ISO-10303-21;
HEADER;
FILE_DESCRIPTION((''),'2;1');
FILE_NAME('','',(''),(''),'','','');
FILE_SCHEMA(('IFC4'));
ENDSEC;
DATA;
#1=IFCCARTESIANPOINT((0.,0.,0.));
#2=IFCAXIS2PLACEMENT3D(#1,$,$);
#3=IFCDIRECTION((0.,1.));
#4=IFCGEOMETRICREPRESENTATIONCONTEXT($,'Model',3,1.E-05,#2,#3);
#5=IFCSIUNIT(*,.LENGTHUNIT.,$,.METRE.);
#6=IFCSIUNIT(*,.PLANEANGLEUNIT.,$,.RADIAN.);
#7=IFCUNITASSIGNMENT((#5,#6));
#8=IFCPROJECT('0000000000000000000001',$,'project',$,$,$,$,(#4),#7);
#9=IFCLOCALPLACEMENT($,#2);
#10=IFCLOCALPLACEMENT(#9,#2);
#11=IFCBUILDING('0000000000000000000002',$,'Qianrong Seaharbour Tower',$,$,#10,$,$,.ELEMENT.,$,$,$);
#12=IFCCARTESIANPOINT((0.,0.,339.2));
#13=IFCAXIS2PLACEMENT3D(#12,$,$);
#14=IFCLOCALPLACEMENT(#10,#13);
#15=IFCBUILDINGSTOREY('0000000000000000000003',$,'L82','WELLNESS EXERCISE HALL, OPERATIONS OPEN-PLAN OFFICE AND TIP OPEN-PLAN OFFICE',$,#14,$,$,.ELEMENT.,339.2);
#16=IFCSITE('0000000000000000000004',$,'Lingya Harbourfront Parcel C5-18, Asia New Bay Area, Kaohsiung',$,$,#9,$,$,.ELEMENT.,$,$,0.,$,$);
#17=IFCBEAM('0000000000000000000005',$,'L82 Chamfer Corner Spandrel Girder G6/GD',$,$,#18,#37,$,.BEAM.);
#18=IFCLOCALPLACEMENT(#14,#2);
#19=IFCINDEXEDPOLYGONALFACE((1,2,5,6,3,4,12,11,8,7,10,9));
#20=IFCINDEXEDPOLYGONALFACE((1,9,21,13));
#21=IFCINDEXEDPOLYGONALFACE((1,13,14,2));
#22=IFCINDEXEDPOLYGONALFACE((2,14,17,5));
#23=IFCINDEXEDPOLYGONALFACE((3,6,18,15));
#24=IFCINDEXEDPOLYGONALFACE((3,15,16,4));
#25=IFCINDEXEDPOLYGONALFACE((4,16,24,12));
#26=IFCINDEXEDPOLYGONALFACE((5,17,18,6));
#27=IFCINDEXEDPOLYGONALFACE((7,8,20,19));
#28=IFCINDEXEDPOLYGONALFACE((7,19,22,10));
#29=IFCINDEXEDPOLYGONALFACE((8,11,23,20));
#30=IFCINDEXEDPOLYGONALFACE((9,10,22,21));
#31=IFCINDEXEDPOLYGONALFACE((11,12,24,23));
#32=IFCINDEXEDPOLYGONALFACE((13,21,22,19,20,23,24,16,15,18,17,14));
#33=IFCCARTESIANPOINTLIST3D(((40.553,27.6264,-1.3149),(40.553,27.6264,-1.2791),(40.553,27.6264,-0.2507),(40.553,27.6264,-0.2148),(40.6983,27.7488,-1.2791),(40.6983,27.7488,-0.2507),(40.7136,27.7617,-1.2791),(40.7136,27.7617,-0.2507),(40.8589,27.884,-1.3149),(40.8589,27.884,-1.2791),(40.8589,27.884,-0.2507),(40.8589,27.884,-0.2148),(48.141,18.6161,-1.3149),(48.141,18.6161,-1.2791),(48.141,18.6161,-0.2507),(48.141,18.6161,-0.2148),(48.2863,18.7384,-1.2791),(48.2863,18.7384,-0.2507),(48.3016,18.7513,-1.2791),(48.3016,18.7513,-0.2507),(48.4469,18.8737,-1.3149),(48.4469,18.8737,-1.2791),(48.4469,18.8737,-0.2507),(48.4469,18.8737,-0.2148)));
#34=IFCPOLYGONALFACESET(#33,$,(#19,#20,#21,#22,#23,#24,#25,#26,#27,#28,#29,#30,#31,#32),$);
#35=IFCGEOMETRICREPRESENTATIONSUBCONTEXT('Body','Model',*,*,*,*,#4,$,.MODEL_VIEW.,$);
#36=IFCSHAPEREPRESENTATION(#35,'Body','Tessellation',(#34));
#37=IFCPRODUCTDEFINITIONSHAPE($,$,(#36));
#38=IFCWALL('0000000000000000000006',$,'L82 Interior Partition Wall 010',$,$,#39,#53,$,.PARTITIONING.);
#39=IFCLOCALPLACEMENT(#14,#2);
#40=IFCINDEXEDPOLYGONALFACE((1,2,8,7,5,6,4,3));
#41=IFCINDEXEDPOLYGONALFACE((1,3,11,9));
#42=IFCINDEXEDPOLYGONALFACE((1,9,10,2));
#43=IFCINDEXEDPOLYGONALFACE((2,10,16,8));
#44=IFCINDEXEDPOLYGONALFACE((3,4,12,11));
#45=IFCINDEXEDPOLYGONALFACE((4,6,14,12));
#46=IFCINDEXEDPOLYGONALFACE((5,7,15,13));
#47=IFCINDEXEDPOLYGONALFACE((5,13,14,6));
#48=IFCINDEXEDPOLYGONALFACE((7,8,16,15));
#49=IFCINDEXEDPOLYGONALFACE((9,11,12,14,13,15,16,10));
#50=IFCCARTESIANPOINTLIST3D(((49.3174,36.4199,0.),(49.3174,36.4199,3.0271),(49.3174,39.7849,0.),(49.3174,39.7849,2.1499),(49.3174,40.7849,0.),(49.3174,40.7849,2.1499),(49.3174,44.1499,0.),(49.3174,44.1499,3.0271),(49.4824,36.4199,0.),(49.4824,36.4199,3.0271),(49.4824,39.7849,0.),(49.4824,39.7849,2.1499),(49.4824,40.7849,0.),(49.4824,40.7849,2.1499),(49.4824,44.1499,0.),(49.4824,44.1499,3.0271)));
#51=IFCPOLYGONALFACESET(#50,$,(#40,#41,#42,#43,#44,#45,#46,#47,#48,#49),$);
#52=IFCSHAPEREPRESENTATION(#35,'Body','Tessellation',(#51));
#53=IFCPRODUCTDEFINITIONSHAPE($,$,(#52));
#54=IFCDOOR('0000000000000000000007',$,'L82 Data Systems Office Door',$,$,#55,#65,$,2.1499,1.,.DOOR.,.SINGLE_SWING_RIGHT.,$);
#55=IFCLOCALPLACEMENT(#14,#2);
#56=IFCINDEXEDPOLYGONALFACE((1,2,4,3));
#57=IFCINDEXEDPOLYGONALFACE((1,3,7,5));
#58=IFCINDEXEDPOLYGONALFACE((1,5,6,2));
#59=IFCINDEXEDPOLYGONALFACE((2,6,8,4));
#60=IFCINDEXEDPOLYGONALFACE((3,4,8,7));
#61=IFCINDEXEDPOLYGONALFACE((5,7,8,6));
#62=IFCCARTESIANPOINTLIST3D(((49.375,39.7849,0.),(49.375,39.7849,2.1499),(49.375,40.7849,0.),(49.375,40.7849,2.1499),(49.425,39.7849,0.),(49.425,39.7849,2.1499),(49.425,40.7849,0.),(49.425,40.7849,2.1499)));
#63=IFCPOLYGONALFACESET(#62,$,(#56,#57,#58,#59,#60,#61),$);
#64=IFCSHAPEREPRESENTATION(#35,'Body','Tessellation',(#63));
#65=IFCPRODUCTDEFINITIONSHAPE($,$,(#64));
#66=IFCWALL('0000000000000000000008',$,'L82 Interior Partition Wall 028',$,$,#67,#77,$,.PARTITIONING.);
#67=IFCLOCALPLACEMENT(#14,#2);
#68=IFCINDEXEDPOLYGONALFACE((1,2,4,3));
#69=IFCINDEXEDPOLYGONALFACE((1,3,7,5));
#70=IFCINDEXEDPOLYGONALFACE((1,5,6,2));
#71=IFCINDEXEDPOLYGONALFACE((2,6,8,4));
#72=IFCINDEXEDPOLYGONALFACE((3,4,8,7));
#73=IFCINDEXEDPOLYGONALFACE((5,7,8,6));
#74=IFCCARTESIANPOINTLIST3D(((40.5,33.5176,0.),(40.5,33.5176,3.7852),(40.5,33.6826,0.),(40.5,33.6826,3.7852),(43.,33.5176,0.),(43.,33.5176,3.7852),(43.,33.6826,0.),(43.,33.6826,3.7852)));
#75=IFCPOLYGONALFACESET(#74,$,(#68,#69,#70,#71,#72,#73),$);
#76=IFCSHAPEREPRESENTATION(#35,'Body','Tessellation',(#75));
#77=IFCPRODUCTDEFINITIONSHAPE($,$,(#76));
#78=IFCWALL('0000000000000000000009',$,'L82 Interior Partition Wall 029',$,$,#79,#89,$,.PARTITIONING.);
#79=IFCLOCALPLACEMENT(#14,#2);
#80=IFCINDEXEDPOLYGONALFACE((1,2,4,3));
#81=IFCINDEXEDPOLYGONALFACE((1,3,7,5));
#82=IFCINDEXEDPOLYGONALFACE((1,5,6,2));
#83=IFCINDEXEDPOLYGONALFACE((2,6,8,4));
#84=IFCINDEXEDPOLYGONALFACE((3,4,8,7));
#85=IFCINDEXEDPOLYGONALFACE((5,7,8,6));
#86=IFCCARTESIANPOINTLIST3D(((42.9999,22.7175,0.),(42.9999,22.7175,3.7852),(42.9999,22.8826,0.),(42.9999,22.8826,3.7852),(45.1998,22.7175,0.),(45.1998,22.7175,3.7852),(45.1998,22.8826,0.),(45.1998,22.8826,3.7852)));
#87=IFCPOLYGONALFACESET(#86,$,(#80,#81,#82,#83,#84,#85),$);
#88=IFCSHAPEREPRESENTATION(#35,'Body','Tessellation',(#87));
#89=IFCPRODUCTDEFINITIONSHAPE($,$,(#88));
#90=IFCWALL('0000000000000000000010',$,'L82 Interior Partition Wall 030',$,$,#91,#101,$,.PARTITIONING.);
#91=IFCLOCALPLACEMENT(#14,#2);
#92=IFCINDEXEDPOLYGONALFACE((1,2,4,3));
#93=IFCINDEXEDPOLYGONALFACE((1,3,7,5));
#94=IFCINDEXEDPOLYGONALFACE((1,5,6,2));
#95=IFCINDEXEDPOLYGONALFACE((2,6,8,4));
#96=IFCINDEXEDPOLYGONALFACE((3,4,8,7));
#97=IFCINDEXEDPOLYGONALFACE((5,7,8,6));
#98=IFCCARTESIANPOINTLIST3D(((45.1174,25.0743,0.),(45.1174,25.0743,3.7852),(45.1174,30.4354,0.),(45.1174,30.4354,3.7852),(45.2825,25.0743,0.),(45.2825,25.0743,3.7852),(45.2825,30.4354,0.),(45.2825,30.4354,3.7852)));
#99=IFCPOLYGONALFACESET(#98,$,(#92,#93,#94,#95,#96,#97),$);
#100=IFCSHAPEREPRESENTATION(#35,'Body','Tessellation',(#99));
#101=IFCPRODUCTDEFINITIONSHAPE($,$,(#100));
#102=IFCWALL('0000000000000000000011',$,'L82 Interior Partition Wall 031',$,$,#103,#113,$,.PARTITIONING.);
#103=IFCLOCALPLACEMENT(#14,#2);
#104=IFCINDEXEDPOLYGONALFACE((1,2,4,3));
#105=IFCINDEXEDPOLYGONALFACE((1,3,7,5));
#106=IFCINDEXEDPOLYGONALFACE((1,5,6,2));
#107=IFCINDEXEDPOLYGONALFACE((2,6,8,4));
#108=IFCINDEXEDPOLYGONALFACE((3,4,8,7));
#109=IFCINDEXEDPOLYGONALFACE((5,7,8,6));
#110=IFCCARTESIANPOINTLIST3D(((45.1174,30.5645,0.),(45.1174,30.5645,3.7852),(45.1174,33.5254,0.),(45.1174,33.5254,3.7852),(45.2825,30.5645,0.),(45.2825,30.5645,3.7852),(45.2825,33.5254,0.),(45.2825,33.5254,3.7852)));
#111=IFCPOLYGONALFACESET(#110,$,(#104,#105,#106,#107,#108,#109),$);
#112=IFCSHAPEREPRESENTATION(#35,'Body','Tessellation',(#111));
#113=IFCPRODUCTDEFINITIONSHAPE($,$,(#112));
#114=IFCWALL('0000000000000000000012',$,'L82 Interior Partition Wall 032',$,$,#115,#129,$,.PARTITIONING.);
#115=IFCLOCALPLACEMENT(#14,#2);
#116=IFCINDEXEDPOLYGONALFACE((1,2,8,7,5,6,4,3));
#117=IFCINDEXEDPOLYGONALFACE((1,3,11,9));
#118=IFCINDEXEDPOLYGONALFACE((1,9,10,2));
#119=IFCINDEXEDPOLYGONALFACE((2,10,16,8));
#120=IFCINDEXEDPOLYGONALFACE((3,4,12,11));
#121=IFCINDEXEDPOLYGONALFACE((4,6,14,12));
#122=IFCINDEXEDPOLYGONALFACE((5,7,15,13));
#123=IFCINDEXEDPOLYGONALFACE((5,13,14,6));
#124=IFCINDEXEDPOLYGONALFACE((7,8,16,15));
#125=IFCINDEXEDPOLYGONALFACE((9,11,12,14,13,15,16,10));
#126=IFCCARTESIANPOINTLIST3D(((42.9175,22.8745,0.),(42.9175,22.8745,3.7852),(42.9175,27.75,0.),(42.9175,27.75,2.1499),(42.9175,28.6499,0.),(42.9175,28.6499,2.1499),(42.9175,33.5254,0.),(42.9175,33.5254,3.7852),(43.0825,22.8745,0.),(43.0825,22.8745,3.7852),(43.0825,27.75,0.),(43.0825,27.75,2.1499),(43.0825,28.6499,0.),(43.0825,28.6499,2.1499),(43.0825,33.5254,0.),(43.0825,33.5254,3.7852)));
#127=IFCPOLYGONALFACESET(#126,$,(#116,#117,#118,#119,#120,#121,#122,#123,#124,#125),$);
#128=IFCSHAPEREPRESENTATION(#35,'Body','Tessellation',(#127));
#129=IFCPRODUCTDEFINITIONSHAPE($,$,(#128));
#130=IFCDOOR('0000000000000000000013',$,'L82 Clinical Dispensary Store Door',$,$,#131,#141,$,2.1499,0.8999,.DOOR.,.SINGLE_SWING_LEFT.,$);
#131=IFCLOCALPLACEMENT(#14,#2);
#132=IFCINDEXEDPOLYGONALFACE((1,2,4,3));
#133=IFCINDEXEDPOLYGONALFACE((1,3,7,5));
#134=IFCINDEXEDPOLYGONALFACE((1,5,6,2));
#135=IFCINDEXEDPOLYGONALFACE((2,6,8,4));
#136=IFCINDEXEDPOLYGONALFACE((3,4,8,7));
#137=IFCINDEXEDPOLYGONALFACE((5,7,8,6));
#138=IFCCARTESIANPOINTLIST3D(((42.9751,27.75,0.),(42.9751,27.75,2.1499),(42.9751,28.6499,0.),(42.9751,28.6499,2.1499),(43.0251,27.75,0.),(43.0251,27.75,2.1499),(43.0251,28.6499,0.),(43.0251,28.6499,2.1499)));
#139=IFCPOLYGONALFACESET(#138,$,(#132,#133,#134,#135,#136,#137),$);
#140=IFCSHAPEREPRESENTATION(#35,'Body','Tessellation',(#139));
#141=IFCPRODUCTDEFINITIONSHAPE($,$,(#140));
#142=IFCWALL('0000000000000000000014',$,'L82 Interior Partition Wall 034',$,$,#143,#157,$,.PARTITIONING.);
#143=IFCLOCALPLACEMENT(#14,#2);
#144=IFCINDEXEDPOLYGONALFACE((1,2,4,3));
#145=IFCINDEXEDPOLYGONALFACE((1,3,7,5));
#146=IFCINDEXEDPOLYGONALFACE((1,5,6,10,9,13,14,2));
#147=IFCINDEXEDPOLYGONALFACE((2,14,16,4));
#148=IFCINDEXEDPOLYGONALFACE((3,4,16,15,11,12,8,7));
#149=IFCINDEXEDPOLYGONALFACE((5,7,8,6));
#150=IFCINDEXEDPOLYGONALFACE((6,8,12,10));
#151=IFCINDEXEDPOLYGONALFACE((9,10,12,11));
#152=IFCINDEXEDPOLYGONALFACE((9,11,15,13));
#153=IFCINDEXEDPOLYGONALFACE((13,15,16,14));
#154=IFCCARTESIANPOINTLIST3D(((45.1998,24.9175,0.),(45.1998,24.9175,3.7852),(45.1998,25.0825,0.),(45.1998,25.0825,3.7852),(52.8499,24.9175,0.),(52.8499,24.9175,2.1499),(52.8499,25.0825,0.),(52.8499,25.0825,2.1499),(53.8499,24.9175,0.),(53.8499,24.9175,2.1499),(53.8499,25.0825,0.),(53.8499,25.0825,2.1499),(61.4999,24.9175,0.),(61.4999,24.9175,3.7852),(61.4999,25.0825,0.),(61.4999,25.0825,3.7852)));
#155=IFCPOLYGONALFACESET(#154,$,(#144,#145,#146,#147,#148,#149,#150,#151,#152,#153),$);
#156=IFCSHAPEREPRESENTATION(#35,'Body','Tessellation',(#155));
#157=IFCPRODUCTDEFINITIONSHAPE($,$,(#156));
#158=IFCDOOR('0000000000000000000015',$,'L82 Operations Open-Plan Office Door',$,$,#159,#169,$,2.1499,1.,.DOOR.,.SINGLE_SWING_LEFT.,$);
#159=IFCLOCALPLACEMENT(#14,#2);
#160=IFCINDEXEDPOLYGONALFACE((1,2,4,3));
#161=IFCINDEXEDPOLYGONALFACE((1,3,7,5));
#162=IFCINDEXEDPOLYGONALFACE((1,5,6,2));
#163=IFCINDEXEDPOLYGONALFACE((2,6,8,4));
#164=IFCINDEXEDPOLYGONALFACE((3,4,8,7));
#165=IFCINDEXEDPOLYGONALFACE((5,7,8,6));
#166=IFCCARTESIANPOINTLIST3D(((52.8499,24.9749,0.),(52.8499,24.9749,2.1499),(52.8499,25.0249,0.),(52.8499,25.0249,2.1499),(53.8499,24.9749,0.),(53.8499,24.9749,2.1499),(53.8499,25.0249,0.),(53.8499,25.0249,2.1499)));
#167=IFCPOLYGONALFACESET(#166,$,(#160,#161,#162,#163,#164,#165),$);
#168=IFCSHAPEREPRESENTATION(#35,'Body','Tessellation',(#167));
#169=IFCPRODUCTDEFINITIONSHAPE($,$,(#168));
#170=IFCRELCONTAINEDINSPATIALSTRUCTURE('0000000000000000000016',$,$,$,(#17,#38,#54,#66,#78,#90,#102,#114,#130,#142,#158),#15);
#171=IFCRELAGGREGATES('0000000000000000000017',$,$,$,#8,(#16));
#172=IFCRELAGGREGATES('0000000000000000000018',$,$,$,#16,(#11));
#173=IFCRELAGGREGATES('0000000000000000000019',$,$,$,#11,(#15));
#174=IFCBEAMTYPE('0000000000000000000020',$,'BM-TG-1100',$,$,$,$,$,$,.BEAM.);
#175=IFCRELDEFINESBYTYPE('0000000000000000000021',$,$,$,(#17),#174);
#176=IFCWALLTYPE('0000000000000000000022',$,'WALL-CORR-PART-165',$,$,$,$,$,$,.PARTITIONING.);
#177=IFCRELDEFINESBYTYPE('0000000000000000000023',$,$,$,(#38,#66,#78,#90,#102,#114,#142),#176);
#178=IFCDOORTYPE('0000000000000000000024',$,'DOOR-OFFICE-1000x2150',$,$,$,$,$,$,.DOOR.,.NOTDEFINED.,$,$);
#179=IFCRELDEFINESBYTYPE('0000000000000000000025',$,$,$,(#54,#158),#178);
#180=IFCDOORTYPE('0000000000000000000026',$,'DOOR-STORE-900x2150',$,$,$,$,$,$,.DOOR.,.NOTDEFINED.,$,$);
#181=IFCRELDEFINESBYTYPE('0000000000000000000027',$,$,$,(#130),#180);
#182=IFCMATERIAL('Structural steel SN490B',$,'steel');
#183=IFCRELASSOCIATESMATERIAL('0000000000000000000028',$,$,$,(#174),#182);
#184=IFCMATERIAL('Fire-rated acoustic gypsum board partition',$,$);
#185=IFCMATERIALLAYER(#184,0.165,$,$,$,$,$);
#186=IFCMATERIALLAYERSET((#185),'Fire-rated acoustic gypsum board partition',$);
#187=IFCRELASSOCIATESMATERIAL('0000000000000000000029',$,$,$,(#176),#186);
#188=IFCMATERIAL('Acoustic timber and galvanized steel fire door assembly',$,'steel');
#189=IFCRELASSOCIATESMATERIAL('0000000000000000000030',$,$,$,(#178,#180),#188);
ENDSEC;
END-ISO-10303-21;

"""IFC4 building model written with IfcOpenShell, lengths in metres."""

from ifc_helpers import new_model, si_unit, direction, frame, frame_2d, origin, origin_2d, place, context, subcontext, project, spatial, rectangle, i_section, extrude, material, layer, layer_set, material_profile, profile_set, type_object, element, fill, save


model = new_model("IFC4")

# Units and contexts
model_context = context("Model", 3, precision=1e-05, world=origin(), true_north=direction((0.0, 1.0)))
body_context = subcontext(model_context, "Body", "Model", "MODEL_VIEW")
ifc_project = project(units=[si_unit("LENGTHUNIT", "METRE"), si_unit("PLANEANGLEUNIT", "RADIAN")], contexts=[model_context])

# Site, building, storey
site_placement = place(None, origin())
site = spatial("IfcSite", under=ifc_project, at=site_placement, Name="Lingya Harbourfront Parcel C5-18, Asia New Bay Area, Kaohsiung", CompositionType="ELEMENT", RefElevation=0.0)
building_placement = place(site_placement, origin())
building = spatial("IfcBuilding", under=site, at=building_placement, Name="Qianrong Seaharbour Tower", CompositionType="ELEMENT")
storey_placement = place(building_placement, frame((0.0, 0.0, 339.2)))
storey = spatial("IfcBuildingStorey", under=building, at=storey_placement, Name="L82", Description="WELLNESS EXERCISE HALL, OPERATIONS OPEN-PLAN OFFICE AND TIP OPEN-PLAN OFFICE", CompositionType="ELEMENT", Elevation=339.2)

# Beam
ifc_material_1 = material(Name="Structural steel SN490B", Category="steel")
ifc_material_profile_1 = material_profile(ifc_material_1, i_section(OverallWidth=0.3999, OverallDepth=1.1001, WebThickness=0.02, FlangeThickness=0.0359, at=origin_2d()), Name="BH1100x400x20x36")
ifc_profile_set_1 = profile_set([ifc_material_profile_1], Name="Structural steel SN490B")
beam_type_1 = type_object("IfcBeamType", Name="BM-TG-1100", PredefinedType="BEAM", material=ifc_profile_set_1)
beam_1_placement = place(storey_placement, frame((48.2939, 18.7449, -0.7649), z_axis=(-0.644151, 0.764898, 0.0), x_axis=(-0.764898, -0.644151, 0.0)))
element("IfcBeam", 1, at=beam_1_placement, inside=storey, type_object=beam_type_1, Name="L82 Chamfer Corner Spandrel Girder G6/GD", PredefinedType="BEAM", context=body_context, shape_type="SweptSolid", body=[
    extrude(i_section(OverallWidth=0.3999, OverallDepth=1.1001, WebThickness=0.02, FlangeThickness=0.0359, at=origin_2d()), origin(), (0.0, 0.0, 1.0), 11.7798),
])

# Wall, opening, door
ifc_material_2 = material(Name="Fire-rated acoustic gypsum board partition")
ifc_layer_1 = layer(ifc_material_2, 0.165)
ifc_layer_set_1 = layer_set([ifc_layer_1], Name="Fire-rated acoustic gypsum board partition")
wall_type_1 = type_object("IfcWallType", Name="WALL-CORR-PART-165", PredefinedType="PARTITIONING", material=ifc_layer_set_1)
wall_1_placement = place(storey_placement, frame((49.3999, 36.4199, 0.0), z_axis=(0.0, 0.0, 1.0), x_axis=(0.0, 1.0, 0.0)))
wall_1 = element("IfcWall", 2, at=wall_1_placement, inside=storey, type_object=wall_type_1, Name="L82 Interior Partition Wall 010", PredefinedType="PARTITIONING", context=body_context, shape_type="SweptSolid", body=[
    extrude(rectangle(XDim=7.73, YDim=0.165, at=frame_2d((3.865, 0.0))), origin(), (0.0, 0.0, 1.0), 3.0271),
])
opening_1_placement = place(wall_1_placement, frame((3.365, 0.0, 0.0)))
opening_1 = element("IfcOpeningElement", 3, at=opening_1_placement, cuts=wall_1, PredefinedType="OPENING", context=body_context, shape_type="SweptSolid", body=[
    extrude(rectangle(XDim=1.0, YDim=2.1499, at=frame_2d((0.5, 1.075))), frame((0.0, 0.0925, 0.0), z_axis=(0.0, -1.0, 0.0), x_axis=(1.0, 0.0, 0.0)), (0.0, 0.0, 1.0), 0.1851),
])
ifc_material_3 = material(Name="Acoustic timber and galvanized steel fire door assembly", Category="steel")
door_type_1 = type_object("IfcDoorType", Name="DOOR-OFFICE-1000x2150", OperationType="NOTDEFINED", PredefinedType="DOOR", material=ifc_material_3)
door_1_placement = place(opening_1_placement, origin())
door_1 = element("IfcDoor", 4, at=door_1_placement, inside=storey, type_object=door_type_1, Name="L82 Data Systems Office Door", OperationType="SINGLE_SWING_RIGHT", OverallHeight=2.1499, OverallWidth=1.0, PredefinedType="DOOR", context=body_context, shape_type="SweptSolid", body=[
    extrude(rectangle(XDim=1.0, YDim=2.1499, at=frame_2d((0.5, 1.075))), frame((0.0, 0.0249, 0.0), z_axis=(0.0, -1.0, 0.0), x_axis=(1.0, 0.0, 0.0)), (0.0, 0.0, 1.0), 0.05),
])
fill(opening_1, door_1)

# Walls
wall_2_placement = place(storey_placement, frame((43.0, 33.6001, 0.0), z_axis=(0.0, 0.0, 1.0), x_axis=(-1.0, 0.0, 0.0)))
element("IfcWall", 5, at=wall_2_placement, inside=storey, type_object=wall_type_1, Name="L82 Interior Partition Wall 028", PredefinedType="PARTITIONING", context=body_context, shape_type="SweptSolid", body=[
    extrude(rectangle(XDim=2.5, YDim=0.165, at=frame_2d((1.25, 0.0))), origin(), (0.0, 0.0, 1.0), 3.7852),
])
wall_3_placement = place(storey_placement, frame((45.2, 22.8, 0.0), z_axis=(0.0, 0.0, 1.0), x_axis=(-1.0, 0.0, 0.0)))
element("IfcWall", 6, at=wall_3_placement, inside=storey, type_object=wall_type_1, Name="L82 Interior Partition Wall 029", PredefinedType="PARTITIONING", context=body_context, shape_type="SweptSolid", body=[
    extrude(rectangle(XDim=2.2, YDim=0.165, at=frame_2d((1.1001, 0.0))), origin(), (0.0, 0.0, 1.0), 3.7852),
])
wall_4_placement = place(storey_placement, frame((45.2, 30.4355, 0.0), z_axis=(0.0, 0.0, 1.0), x_axis=(0.0, -1.0, 0.0)))
element("IfcWall", 7, at=wall_4_placement, inside=storey, type_object=wall_type_1, Name="L82 Interior Partition Wall 030", PredefinedType="PARTITIONING", context=body_context, shape_type="SweptSolid", body=[
    extrude(rectangle(XDim=5.3611, YDim=0.165, at=frame_2d((2.6807, 0.0))), origin(), (0.0, 0.0, 1.0), 3.7852),
])
wall_5_placement = place(storey_placement, frame((45.2, 33.5254, 0.0), z_axis=(0.0, 0.0, 1.0), x_axis=(0.0, -1.0, 0.0)))
element("IfcWall", 8, at=wall_5_placement, inside=storey, type_object=wall_type_1, Name="L82 Interior Partition Wall 031", PredefinedType="PARTITIONING", context=body_context, shape_type="SweptSolid", body=[
    extrude(rectangle(XDim=2.9609, YDim=0.165, at=frame_2d((1.4805, 0.0))), origin(), (0.0, 0.0, 1.0), 3.7852),
])

# Walls, openings, doors
wall_6_placement = place(storey_placement, frame((43.0, 22.8745, 0.0), z_axis=(0.0, 0.0, 1.0), x_axis=(0.0, 1.0, 0.0)))
wall_6 = element("IfcWall", 9, at=wall_6_placement, inside=storey, type_object=wall_type_1, Name="L82 Interior Partition Wall 032", PredefinedType="PARTITIONING", context=body_context, shape_type="SweptSolid", body=[
    extrude(rectangle(XDim=10.6509, YDim=0.165, at=frame_2d((5.3254, 0.0))), origin(), (0.0, 0.0, 1.0), 3.7852),
])
opening_2_placement = place(wall_6_placement, frame((4.8755, 0.0, 0.0)))
opening_2 = element("IfcOpeningElement", 10, at=opening_2_placement, cuts=wall_6, PredefinedType="OPENING", context=body_context, shape_type="SweptSolid", body=[
    extrude(rectangle(XDim=0.8999, YDim=2.1499, at=frame_2d((0.45, 1.075))), frame((0.0, 0.0925, 0.0), z_axis=(0.0, -1.0, 0.0), x_axis=(1.0, 0.0, 0.0)), (0.0, 0.0, 1.0), 0.1851),
])
door_type_2 = type_object("IfcDoorType", Name="DOOR-STORE-900x2150", OperationType="NOTDEFINED", PredefinedType="DOOR", material=ifc_material_3)
door_2_placement = place(opening_2_placement, origin())
door_2 = element("IfcDoor", 11, at=door_2_placement, inside=storey, type_object=door_type_2, Name="L82 Clinical Dispensary Store Door", OperationType="SINGLE_SWING_LEFT", OverallHeight=2.1499, OverallWidth=0.8999, PredefinedType="DOOR", context=body_context, shape_type="SweptSolid", body=[
    extrude(rectangle(XDim=0.8999, YDim=2.1499, at=frame_2d((0.45, 1.075))), frame((0.0, 0.0249, 0.0), z_axis=(0.0, -1.0, 0.0), x_axis=(1.0, 0.0, 0.0)), (0.0, 0.0, 1.0), 0.05),
])
fill(opening_2, door_2)
wall_7_placement = place(storey_placement, frame((45.2, 25.0, 0.0), z_axis=(0.0, 0.0, 1.0), x_axis=(1.0, 0.0, 0.0)))
wall_7 = element("IfcWall", 12, at=wall_7_placement, inside=storey, type_object=wall_type_1, Name="L82 Interior Partition Wall 034", PredefinedType="PARTITIONING", context=body_context, shape_type="SweptSolid", body=[
    extrude(rectangle(XDim=16.3, YDim=0.165, at=frame_2d((8.1499, 0.0))), origin(), (0.0, 0.0, 1.0), 3.7852),
])
opening_3_placement = place(wall_7_placement, frame((7.6499, 0.0, 0.0)))
opening_3 = element("IfcOpeningElement", 13, at=opening_3_placement, cuts=wall_7, PredefinedType="OPENING", context=body_context, shape_type="SweptSolid", body=[
    extrude(rectangle(XDim=1.0, YDim=2.1499, at=frame_2d((0.5, 1.075))), frame((0.0, 0.0925, 0.0), z_axis=(0.0, -1.0, 0.0), x_axis=(1.0, 0.0, 0.0)), (0.0, 0.0, 1.0), 0.1851),
])
door_3_placement = place(opening_3_placement, origin())
door_3 = element("IfcDoor", 14, at=door_3_placement, inside=storey, type_object=door_type_1, Name="L82 Operations Open-Plan Office Door", OperationType="SINGLE_SWING_LEFT", OverallHeight=2.1499, OverallWidth=1.0, PredefinedType="DOOR", context=body_context, shape_type="SweptSolid", body=[
    extrude(rectangle(XDim=1.0, YDim=2.1499, at=frame_2d((0.5, 1.075))), frame((0.0, 0.0249, 0.0), z_axis=(0.0, -1.0, 0.0), x_axis=(1.0, 0.0, 0.0)), (0.0, 0.0, 1.0), 0.05),
])
fill(opening_3, door_3)

save(model, "model.ifc")
